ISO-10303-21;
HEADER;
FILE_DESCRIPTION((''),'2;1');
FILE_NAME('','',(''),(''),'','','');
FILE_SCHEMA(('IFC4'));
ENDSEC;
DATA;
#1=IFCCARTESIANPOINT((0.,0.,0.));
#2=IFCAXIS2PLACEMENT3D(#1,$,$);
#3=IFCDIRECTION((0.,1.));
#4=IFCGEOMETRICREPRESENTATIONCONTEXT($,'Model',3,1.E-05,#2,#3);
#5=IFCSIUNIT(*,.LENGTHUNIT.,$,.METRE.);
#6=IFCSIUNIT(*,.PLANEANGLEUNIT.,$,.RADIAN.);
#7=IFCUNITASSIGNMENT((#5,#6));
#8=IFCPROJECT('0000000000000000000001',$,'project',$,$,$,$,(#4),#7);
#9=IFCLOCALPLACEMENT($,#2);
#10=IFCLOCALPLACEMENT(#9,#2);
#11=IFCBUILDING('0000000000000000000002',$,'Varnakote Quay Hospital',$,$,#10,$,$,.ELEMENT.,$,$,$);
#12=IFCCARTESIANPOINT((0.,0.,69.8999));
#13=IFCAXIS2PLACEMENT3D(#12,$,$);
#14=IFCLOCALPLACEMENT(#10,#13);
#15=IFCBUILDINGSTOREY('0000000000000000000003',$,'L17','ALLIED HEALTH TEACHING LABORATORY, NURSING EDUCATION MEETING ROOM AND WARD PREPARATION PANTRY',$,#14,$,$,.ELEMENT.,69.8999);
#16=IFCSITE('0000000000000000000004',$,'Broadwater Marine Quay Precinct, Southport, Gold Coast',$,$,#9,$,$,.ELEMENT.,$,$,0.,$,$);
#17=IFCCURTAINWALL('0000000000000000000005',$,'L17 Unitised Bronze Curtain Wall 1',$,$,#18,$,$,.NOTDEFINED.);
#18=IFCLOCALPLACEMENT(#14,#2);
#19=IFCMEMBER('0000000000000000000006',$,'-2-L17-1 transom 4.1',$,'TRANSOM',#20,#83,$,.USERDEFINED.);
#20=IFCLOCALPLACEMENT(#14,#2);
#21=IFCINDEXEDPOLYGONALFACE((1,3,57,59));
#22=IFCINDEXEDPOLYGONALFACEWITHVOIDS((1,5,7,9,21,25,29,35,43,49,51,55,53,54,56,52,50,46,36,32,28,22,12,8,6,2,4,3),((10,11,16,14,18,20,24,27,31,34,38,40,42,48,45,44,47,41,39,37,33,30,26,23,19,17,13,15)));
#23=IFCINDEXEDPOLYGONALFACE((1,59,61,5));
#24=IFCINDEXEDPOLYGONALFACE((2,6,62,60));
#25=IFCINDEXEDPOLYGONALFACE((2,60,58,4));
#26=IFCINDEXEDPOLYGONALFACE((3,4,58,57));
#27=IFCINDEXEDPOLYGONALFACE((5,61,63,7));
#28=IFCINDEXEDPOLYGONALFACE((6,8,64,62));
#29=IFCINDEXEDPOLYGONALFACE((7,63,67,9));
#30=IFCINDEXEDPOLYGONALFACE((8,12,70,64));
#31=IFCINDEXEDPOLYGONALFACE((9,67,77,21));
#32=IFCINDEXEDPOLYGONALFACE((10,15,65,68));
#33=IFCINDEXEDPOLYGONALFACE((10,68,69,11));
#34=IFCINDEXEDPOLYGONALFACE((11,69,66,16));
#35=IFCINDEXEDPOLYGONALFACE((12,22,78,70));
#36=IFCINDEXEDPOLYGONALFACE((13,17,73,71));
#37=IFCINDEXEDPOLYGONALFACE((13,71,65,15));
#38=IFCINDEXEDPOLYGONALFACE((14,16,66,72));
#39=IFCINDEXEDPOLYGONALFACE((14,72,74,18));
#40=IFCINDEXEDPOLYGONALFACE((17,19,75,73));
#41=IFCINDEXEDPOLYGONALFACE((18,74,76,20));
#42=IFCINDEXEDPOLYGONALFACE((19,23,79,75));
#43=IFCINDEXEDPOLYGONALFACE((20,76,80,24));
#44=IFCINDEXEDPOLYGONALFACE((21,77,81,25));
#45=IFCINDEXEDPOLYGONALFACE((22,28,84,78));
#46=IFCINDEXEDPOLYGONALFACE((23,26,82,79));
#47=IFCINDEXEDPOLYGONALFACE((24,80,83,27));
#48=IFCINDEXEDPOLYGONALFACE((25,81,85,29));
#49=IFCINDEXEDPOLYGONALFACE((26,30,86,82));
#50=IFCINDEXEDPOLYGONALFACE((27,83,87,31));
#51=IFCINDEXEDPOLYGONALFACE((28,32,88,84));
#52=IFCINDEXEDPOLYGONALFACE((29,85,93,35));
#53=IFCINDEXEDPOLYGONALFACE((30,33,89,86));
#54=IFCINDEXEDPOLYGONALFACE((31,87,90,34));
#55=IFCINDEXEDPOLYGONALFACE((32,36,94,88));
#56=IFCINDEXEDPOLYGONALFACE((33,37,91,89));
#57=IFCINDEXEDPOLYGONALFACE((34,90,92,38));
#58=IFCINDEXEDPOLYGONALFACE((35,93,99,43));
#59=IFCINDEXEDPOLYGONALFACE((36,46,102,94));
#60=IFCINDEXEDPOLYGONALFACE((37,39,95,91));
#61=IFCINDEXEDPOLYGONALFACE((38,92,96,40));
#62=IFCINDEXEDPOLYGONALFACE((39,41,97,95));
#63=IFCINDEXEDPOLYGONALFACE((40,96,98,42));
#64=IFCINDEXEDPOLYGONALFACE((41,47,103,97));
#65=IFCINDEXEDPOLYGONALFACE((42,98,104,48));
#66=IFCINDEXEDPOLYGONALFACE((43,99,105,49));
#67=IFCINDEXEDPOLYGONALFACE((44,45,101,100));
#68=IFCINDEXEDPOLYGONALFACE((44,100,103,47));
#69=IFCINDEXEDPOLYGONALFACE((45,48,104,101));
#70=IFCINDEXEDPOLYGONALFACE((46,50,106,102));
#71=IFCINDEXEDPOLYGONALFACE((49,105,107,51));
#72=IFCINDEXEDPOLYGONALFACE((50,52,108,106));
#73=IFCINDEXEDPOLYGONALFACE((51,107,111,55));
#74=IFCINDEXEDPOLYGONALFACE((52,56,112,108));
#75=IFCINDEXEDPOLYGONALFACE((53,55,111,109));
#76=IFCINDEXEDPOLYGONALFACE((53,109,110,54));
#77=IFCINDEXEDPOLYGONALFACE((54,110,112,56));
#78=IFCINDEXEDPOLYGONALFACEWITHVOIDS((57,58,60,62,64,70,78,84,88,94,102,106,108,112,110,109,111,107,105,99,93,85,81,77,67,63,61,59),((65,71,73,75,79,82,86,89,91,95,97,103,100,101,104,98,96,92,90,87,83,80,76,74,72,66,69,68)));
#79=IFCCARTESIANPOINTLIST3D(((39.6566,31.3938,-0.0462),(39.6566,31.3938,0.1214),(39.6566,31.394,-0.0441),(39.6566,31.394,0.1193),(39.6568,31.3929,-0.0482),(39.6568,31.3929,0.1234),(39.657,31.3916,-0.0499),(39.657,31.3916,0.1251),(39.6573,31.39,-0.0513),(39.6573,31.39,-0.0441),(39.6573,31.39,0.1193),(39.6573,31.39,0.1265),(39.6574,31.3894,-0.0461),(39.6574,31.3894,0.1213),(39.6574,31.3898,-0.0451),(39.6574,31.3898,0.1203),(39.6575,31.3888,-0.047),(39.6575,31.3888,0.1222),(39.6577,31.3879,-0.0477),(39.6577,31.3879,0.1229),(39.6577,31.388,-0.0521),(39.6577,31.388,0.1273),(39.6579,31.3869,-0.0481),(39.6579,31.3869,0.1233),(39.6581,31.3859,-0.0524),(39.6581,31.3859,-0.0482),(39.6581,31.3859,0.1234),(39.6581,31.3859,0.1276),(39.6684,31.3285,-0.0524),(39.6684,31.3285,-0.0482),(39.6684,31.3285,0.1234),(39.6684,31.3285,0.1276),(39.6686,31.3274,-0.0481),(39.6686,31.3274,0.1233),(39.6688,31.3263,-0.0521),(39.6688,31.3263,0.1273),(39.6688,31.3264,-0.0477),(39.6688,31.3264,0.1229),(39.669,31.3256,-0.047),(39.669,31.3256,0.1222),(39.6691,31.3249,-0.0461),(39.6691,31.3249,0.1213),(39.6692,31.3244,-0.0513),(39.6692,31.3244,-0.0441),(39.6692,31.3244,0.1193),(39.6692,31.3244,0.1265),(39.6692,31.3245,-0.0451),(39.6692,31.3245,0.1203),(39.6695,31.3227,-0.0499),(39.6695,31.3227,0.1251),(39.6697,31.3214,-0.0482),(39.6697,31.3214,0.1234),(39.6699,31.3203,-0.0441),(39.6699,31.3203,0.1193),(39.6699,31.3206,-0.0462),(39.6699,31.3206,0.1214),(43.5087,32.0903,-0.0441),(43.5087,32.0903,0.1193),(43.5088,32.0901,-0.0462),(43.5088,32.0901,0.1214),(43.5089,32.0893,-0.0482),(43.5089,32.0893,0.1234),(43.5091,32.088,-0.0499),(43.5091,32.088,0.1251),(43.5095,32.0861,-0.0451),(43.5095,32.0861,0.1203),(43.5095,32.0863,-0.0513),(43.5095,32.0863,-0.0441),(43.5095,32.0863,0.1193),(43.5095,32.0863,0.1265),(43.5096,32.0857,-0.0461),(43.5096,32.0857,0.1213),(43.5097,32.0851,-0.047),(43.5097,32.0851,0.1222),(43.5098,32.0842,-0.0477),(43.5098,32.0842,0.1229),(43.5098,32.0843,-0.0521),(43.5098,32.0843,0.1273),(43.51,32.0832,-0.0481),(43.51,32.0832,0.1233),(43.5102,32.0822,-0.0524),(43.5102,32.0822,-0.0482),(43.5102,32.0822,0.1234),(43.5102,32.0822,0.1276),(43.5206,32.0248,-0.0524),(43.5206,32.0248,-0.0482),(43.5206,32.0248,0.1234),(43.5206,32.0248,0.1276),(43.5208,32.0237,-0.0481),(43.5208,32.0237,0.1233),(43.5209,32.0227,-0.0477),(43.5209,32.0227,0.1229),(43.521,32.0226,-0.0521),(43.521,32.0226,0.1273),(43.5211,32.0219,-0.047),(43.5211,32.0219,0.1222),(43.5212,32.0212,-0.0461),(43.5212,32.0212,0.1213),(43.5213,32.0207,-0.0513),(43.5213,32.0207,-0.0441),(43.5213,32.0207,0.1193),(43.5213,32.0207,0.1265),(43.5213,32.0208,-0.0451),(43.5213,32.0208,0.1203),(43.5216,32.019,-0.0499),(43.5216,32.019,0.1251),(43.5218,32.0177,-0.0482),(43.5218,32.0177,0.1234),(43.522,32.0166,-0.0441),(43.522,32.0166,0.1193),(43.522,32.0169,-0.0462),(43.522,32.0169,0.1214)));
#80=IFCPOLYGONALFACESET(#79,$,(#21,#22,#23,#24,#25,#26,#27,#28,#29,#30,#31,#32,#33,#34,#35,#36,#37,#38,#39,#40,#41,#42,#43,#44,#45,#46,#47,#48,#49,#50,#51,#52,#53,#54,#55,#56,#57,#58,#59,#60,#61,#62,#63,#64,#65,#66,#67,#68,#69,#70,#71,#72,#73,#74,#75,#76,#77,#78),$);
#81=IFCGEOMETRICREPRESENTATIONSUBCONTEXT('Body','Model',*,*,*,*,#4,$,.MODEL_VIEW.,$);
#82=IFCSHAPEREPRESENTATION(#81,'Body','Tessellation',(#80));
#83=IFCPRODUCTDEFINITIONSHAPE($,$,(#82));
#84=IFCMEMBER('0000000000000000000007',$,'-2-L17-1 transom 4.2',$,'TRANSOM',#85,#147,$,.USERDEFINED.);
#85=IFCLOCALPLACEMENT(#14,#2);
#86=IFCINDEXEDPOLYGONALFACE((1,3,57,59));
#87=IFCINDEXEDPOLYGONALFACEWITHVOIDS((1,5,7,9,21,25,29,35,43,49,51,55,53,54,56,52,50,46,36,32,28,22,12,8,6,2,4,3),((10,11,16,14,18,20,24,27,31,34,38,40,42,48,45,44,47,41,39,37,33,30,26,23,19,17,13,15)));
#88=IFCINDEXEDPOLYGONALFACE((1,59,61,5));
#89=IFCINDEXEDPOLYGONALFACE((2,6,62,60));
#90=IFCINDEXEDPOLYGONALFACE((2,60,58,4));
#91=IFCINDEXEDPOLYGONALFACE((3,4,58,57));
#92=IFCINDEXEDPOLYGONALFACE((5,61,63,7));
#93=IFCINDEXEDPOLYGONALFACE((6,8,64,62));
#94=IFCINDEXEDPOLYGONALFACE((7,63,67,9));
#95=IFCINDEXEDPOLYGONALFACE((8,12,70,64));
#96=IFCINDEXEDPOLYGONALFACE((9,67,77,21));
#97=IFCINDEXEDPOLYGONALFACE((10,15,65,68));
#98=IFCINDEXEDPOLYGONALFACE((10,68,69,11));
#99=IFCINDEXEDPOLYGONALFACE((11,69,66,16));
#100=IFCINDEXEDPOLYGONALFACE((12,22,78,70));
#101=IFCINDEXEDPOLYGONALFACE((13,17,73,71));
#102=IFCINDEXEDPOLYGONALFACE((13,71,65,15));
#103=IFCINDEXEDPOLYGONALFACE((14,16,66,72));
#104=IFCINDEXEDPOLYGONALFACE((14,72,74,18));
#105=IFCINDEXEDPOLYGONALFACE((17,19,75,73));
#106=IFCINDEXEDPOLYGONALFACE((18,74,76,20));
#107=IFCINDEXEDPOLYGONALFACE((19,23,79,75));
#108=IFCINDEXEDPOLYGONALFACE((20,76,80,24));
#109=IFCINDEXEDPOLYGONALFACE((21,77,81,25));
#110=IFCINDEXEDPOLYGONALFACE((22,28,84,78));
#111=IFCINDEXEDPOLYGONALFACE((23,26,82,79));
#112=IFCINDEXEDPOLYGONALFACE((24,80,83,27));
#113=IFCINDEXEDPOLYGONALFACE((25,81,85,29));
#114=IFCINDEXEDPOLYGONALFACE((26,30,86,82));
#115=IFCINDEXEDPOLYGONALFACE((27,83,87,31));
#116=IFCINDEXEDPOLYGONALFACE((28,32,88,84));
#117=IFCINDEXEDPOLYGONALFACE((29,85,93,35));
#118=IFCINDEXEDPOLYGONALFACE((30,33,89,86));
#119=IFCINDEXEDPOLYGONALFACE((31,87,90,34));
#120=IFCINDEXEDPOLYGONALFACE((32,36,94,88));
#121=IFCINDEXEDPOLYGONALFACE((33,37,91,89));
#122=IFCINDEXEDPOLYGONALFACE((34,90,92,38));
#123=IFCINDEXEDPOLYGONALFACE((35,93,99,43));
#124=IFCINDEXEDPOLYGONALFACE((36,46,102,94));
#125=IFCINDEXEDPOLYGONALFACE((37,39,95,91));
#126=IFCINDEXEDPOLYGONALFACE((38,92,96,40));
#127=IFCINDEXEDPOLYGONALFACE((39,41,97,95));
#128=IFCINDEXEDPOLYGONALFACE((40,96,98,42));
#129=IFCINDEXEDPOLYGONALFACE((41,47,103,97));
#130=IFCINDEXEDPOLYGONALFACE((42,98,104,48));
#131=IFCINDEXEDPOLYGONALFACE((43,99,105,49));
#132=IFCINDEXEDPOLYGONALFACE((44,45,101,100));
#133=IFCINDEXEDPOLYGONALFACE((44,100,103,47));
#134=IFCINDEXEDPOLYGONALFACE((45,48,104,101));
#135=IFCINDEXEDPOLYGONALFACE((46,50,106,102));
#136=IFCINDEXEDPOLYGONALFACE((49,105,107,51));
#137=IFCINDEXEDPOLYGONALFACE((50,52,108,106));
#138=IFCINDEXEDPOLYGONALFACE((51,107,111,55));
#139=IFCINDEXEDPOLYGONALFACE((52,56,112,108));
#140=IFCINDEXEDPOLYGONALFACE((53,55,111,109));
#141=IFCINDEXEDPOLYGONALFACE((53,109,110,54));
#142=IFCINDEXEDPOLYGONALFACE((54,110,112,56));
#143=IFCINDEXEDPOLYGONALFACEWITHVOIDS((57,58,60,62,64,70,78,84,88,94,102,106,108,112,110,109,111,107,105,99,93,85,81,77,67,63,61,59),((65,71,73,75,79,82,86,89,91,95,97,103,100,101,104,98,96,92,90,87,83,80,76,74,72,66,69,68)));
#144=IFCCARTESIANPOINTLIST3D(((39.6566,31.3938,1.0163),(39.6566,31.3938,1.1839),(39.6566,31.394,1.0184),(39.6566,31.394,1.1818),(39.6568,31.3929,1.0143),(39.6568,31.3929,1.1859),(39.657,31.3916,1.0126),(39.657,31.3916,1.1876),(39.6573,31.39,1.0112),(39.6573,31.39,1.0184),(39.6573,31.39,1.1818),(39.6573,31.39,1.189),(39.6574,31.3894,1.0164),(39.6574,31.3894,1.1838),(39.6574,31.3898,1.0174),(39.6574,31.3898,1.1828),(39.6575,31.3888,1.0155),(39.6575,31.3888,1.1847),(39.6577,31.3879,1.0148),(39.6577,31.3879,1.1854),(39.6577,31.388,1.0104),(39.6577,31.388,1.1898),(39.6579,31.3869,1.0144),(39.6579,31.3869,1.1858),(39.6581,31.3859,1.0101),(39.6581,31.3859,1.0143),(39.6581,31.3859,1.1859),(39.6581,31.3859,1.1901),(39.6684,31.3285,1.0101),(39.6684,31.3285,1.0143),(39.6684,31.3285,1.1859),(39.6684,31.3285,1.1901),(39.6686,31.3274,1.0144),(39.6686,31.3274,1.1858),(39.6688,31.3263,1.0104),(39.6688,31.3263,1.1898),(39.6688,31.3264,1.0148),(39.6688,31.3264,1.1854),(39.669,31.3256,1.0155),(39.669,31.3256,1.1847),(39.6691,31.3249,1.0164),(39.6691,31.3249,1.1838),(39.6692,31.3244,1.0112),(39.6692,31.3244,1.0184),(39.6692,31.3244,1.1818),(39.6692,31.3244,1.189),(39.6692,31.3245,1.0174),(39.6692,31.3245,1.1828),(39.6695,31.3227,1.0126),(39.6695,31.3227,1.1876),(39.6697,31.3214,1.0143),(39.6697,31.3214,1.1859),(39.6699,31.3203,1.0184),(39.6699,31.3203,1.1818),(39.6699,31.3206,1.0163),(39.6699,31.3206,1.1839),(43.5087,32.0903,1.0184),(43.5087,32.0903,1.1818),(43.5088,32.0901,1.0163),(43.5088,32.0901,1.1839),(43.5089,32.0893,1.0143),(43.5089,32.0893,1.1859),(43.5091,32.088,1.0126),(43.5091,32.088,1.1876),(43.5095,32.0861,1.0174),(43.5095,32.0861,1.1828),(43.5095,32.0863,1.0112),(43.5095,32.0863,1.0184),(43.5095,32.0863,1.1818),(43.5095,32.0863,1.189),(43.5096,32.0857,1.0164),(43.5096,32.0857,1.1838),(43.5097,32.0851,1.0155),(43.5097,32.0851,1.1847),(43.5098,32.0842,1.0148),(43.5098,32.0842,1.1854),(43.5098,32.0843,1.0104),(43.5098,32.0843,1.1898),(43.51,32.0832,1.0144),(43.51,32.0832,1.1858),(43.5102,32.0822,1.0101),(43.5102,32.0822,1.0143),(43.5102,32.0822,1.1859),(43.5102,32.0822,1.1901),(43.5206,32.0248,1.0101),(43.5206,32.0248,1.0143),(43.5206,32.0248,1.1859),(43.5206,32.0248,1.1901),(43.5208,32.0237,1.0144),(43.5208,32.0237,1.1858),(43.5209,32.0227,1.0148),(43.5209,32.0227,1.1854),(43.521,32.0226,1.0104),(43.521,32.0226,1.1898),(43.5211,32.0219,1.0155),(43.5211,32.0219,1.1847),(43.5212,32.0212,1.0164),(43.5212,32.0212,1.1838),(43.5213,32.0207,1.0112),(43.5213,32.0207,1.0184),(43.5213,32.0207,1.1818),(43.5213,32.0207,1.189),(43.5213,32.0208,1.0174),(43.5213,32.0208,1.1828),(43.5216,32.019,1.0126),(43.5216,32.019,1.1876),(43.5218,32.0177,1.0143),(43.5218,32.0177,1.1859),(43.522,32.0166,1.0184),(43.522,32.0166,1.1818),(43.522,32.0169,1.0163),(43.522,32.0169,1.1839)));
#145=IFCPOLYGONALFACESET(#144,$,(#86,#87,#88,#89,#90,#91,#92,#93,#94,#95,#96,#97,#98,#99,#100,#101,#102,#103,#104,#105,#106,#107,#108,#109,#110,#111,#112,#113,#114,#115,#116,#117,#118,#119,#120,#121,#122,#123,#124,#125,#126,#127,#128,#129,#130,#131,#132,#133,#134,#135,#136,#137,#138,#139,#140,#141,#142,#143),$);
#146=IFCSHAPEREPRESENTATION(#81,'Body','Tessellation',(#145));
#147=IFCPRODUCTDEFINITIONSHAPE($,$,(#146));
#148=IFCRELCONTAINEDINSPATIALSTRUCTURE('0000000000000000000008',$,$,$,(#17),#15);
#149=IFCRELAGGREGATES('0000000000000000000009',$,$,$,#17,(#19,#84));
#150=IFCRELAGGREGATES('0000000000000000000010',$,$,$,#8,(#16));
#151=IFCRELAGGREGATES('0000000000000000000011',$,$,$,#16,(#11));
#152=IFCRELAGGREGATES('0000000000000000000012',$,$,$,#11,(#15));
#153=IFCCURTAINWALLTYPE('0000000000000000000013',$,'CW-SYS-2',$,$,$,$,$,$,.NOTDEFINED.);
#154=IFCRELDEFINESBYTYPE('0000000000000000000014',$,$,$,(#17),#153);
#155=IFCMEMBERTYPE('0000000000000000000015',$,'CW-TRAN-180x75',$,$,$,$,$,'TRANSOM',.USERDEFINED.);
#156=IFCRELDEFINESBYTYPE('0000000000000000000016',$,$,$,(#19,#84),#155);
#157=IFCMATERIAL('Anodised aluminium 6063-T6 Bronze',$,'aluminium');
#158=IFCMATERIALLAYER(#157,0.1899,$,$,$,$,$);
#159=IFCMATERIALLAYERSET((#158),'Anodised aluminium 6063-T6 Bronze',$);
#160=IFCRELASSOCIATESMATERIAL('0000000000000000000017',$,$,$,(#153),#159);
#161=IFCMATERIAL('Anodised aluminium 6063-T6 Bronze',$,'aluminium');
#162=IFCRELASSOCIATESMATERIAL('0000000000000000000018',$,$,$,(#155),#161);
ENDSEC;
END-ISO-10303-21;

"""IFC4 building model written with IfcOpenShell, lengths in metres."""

from ifc_helpers import new_model, si_unit, direction, frame, origin, origin_2d, place, context, subcontext, project, spatial, hollow_rectangle, extrude, material, layer, layer_set, material_profile, profile_set, type_object, element, aggregate, save


model = new_model("IFC4")

# Units and contexts
model_context = context("Model", 3, precision=1e-05, world=origin(), true_north=direction((0.0, 1.0)))
body_context = subcontext(model_context, "Body", "Model", "MODEL_VIEW")
ifc_project = project(units=[si_unit("LENGTHUNIT", "METRE"), si_unit("PLANEANGLEUNIT", "RADIAN")], contexts=[model_context])

# Site, building, storey
site_placement = place(None, origin())
site = spatial("IfcSite", under=ifc_project, at=site_placement, Name="Broadwater Marine Quay Precinct, Southport, Gold Coast", CompositionType="ELEMENT", RefElevation=0.0)
building_placement = place(site_placement, origin())
building = spatial("IfcBuilding", under=site, at=building_placement, Name="Varnakote Quay Hospital", CompositionType="ELEMENT")
storey_placement = place(building_placement, frame((0.0, 0.0, 69.8999)))
storey = spatial("IfcBuildingStorey", under=building, at=storey_placement, Name="L17", Description="ALLIED HEALTH TEACHING LABORATORY, NURSING EDUCATION MEETING ROOM AND WARD PREPARATION PANTRY", CompositionType="ELEMENT", Elevation=69.8999)

# Curtain wall, members
ifc_material_1 = material(Name="Anodised aluminium 6063-T6 Bronze", Category="aluminium")
ifc_layer_1 = layer(ifc_material_1, 0.1899)
ifc_layer_set_1 = layer_set([ifc_layer_1], Name="Anodised aluminium 6063-T6 Bronze")
curtain_wall_type = type_object("IfcCurtainWallType", Name="CW-SYS-2", PredefinedType="NOTDEFINED", material=ifc_layer_set_1)
curtain_wall_placement = place(storey_placement, origin())
curtain_wall = element("IfcCurtainWall", 1, at=curtain_wall_placement, inside=storey, type_object=curtain_wall_type, Name="L17 Unitised Bronze Curtain Wall 1", PredefinedType="NOTDEFINED")
ifc_material_2 = material(Name="Anodised aluminium 6063-T6 Bronze", Category="aluminium")
ifc_material_profile_1 = material_profile(ifc_material_2, hollow_rectangle(XDim=0.075, YDim=0.1799, WallThickness=0.0042, InnerFilletRadius=0.0042, OuterFilletRadius=0.0083, at=origin_2d()), Name="CW-TRAN-180x75")
ifc_profile_set_1 = profile_set([ifc_material_profile_1], Name="Anodised aluminium 6063-T6 Bronze")
member_type_1 = type_object("IfcMemberType", Name="CW-TRAN-180x75", ElementType="TRANSOM", PredefinedType="USERDEFINED", material=ifc_profile_set_1)
member_1_placement = place(storey_placement, frame((43.5154, 32.0535, 0.0376), z_axis=(-0.984053, -0.177875, 0.0), x_axis=(0.177875, -0.984053, 0.0)))
member_1 = element("IfcMember", 2, at=member_1_placement, type_object=member_type_1, Name="-2-L17-1 transom 4.1", ObjectType="TRANSOM", PredefinedType="USERDEFINED", context=body_context, shape_type="SweptSolid", body=[
    extrude(hollow_rectangle(XDim=0.075, YDim=0.1799, WallThickness=0.0042, InnerFilletRadius=0.0042, OuterFilletRadius=0.0083, at=origin_2d()), origin(), (0.0, 0.0, 1.0), 3.9146),
])
member_2_placement = place(storey_placement, frame((43.5154, 32.0535, 1.1001), z_axis=(-0.984053, -0.177875, 0.0), x_axis=(0.177875, -0.984053, 0.0)))
member_2 = element("IfcMember", 3, at=member_2_placement, type_object=member_type_1, Name="-2-L17-1 transom 4.2", ObjectType="TRANSOM", PredefinedType="USERDEFINED", context=body_context, shape_type="SweptSolid", body=[
    extrude(hollow_rectangle(XDim=0.075, YDim=0.1799, WallThickness=0.0042, InnerFilletRadius=0.0042, OuterFilletRadius=0.0083, at=origin_2d()), origin(), (0.0, 0.0, 1.0), 3.9146),
])

aggregate(curtain_wall, [member_1, member_2])

save(model, "model.ifc")
